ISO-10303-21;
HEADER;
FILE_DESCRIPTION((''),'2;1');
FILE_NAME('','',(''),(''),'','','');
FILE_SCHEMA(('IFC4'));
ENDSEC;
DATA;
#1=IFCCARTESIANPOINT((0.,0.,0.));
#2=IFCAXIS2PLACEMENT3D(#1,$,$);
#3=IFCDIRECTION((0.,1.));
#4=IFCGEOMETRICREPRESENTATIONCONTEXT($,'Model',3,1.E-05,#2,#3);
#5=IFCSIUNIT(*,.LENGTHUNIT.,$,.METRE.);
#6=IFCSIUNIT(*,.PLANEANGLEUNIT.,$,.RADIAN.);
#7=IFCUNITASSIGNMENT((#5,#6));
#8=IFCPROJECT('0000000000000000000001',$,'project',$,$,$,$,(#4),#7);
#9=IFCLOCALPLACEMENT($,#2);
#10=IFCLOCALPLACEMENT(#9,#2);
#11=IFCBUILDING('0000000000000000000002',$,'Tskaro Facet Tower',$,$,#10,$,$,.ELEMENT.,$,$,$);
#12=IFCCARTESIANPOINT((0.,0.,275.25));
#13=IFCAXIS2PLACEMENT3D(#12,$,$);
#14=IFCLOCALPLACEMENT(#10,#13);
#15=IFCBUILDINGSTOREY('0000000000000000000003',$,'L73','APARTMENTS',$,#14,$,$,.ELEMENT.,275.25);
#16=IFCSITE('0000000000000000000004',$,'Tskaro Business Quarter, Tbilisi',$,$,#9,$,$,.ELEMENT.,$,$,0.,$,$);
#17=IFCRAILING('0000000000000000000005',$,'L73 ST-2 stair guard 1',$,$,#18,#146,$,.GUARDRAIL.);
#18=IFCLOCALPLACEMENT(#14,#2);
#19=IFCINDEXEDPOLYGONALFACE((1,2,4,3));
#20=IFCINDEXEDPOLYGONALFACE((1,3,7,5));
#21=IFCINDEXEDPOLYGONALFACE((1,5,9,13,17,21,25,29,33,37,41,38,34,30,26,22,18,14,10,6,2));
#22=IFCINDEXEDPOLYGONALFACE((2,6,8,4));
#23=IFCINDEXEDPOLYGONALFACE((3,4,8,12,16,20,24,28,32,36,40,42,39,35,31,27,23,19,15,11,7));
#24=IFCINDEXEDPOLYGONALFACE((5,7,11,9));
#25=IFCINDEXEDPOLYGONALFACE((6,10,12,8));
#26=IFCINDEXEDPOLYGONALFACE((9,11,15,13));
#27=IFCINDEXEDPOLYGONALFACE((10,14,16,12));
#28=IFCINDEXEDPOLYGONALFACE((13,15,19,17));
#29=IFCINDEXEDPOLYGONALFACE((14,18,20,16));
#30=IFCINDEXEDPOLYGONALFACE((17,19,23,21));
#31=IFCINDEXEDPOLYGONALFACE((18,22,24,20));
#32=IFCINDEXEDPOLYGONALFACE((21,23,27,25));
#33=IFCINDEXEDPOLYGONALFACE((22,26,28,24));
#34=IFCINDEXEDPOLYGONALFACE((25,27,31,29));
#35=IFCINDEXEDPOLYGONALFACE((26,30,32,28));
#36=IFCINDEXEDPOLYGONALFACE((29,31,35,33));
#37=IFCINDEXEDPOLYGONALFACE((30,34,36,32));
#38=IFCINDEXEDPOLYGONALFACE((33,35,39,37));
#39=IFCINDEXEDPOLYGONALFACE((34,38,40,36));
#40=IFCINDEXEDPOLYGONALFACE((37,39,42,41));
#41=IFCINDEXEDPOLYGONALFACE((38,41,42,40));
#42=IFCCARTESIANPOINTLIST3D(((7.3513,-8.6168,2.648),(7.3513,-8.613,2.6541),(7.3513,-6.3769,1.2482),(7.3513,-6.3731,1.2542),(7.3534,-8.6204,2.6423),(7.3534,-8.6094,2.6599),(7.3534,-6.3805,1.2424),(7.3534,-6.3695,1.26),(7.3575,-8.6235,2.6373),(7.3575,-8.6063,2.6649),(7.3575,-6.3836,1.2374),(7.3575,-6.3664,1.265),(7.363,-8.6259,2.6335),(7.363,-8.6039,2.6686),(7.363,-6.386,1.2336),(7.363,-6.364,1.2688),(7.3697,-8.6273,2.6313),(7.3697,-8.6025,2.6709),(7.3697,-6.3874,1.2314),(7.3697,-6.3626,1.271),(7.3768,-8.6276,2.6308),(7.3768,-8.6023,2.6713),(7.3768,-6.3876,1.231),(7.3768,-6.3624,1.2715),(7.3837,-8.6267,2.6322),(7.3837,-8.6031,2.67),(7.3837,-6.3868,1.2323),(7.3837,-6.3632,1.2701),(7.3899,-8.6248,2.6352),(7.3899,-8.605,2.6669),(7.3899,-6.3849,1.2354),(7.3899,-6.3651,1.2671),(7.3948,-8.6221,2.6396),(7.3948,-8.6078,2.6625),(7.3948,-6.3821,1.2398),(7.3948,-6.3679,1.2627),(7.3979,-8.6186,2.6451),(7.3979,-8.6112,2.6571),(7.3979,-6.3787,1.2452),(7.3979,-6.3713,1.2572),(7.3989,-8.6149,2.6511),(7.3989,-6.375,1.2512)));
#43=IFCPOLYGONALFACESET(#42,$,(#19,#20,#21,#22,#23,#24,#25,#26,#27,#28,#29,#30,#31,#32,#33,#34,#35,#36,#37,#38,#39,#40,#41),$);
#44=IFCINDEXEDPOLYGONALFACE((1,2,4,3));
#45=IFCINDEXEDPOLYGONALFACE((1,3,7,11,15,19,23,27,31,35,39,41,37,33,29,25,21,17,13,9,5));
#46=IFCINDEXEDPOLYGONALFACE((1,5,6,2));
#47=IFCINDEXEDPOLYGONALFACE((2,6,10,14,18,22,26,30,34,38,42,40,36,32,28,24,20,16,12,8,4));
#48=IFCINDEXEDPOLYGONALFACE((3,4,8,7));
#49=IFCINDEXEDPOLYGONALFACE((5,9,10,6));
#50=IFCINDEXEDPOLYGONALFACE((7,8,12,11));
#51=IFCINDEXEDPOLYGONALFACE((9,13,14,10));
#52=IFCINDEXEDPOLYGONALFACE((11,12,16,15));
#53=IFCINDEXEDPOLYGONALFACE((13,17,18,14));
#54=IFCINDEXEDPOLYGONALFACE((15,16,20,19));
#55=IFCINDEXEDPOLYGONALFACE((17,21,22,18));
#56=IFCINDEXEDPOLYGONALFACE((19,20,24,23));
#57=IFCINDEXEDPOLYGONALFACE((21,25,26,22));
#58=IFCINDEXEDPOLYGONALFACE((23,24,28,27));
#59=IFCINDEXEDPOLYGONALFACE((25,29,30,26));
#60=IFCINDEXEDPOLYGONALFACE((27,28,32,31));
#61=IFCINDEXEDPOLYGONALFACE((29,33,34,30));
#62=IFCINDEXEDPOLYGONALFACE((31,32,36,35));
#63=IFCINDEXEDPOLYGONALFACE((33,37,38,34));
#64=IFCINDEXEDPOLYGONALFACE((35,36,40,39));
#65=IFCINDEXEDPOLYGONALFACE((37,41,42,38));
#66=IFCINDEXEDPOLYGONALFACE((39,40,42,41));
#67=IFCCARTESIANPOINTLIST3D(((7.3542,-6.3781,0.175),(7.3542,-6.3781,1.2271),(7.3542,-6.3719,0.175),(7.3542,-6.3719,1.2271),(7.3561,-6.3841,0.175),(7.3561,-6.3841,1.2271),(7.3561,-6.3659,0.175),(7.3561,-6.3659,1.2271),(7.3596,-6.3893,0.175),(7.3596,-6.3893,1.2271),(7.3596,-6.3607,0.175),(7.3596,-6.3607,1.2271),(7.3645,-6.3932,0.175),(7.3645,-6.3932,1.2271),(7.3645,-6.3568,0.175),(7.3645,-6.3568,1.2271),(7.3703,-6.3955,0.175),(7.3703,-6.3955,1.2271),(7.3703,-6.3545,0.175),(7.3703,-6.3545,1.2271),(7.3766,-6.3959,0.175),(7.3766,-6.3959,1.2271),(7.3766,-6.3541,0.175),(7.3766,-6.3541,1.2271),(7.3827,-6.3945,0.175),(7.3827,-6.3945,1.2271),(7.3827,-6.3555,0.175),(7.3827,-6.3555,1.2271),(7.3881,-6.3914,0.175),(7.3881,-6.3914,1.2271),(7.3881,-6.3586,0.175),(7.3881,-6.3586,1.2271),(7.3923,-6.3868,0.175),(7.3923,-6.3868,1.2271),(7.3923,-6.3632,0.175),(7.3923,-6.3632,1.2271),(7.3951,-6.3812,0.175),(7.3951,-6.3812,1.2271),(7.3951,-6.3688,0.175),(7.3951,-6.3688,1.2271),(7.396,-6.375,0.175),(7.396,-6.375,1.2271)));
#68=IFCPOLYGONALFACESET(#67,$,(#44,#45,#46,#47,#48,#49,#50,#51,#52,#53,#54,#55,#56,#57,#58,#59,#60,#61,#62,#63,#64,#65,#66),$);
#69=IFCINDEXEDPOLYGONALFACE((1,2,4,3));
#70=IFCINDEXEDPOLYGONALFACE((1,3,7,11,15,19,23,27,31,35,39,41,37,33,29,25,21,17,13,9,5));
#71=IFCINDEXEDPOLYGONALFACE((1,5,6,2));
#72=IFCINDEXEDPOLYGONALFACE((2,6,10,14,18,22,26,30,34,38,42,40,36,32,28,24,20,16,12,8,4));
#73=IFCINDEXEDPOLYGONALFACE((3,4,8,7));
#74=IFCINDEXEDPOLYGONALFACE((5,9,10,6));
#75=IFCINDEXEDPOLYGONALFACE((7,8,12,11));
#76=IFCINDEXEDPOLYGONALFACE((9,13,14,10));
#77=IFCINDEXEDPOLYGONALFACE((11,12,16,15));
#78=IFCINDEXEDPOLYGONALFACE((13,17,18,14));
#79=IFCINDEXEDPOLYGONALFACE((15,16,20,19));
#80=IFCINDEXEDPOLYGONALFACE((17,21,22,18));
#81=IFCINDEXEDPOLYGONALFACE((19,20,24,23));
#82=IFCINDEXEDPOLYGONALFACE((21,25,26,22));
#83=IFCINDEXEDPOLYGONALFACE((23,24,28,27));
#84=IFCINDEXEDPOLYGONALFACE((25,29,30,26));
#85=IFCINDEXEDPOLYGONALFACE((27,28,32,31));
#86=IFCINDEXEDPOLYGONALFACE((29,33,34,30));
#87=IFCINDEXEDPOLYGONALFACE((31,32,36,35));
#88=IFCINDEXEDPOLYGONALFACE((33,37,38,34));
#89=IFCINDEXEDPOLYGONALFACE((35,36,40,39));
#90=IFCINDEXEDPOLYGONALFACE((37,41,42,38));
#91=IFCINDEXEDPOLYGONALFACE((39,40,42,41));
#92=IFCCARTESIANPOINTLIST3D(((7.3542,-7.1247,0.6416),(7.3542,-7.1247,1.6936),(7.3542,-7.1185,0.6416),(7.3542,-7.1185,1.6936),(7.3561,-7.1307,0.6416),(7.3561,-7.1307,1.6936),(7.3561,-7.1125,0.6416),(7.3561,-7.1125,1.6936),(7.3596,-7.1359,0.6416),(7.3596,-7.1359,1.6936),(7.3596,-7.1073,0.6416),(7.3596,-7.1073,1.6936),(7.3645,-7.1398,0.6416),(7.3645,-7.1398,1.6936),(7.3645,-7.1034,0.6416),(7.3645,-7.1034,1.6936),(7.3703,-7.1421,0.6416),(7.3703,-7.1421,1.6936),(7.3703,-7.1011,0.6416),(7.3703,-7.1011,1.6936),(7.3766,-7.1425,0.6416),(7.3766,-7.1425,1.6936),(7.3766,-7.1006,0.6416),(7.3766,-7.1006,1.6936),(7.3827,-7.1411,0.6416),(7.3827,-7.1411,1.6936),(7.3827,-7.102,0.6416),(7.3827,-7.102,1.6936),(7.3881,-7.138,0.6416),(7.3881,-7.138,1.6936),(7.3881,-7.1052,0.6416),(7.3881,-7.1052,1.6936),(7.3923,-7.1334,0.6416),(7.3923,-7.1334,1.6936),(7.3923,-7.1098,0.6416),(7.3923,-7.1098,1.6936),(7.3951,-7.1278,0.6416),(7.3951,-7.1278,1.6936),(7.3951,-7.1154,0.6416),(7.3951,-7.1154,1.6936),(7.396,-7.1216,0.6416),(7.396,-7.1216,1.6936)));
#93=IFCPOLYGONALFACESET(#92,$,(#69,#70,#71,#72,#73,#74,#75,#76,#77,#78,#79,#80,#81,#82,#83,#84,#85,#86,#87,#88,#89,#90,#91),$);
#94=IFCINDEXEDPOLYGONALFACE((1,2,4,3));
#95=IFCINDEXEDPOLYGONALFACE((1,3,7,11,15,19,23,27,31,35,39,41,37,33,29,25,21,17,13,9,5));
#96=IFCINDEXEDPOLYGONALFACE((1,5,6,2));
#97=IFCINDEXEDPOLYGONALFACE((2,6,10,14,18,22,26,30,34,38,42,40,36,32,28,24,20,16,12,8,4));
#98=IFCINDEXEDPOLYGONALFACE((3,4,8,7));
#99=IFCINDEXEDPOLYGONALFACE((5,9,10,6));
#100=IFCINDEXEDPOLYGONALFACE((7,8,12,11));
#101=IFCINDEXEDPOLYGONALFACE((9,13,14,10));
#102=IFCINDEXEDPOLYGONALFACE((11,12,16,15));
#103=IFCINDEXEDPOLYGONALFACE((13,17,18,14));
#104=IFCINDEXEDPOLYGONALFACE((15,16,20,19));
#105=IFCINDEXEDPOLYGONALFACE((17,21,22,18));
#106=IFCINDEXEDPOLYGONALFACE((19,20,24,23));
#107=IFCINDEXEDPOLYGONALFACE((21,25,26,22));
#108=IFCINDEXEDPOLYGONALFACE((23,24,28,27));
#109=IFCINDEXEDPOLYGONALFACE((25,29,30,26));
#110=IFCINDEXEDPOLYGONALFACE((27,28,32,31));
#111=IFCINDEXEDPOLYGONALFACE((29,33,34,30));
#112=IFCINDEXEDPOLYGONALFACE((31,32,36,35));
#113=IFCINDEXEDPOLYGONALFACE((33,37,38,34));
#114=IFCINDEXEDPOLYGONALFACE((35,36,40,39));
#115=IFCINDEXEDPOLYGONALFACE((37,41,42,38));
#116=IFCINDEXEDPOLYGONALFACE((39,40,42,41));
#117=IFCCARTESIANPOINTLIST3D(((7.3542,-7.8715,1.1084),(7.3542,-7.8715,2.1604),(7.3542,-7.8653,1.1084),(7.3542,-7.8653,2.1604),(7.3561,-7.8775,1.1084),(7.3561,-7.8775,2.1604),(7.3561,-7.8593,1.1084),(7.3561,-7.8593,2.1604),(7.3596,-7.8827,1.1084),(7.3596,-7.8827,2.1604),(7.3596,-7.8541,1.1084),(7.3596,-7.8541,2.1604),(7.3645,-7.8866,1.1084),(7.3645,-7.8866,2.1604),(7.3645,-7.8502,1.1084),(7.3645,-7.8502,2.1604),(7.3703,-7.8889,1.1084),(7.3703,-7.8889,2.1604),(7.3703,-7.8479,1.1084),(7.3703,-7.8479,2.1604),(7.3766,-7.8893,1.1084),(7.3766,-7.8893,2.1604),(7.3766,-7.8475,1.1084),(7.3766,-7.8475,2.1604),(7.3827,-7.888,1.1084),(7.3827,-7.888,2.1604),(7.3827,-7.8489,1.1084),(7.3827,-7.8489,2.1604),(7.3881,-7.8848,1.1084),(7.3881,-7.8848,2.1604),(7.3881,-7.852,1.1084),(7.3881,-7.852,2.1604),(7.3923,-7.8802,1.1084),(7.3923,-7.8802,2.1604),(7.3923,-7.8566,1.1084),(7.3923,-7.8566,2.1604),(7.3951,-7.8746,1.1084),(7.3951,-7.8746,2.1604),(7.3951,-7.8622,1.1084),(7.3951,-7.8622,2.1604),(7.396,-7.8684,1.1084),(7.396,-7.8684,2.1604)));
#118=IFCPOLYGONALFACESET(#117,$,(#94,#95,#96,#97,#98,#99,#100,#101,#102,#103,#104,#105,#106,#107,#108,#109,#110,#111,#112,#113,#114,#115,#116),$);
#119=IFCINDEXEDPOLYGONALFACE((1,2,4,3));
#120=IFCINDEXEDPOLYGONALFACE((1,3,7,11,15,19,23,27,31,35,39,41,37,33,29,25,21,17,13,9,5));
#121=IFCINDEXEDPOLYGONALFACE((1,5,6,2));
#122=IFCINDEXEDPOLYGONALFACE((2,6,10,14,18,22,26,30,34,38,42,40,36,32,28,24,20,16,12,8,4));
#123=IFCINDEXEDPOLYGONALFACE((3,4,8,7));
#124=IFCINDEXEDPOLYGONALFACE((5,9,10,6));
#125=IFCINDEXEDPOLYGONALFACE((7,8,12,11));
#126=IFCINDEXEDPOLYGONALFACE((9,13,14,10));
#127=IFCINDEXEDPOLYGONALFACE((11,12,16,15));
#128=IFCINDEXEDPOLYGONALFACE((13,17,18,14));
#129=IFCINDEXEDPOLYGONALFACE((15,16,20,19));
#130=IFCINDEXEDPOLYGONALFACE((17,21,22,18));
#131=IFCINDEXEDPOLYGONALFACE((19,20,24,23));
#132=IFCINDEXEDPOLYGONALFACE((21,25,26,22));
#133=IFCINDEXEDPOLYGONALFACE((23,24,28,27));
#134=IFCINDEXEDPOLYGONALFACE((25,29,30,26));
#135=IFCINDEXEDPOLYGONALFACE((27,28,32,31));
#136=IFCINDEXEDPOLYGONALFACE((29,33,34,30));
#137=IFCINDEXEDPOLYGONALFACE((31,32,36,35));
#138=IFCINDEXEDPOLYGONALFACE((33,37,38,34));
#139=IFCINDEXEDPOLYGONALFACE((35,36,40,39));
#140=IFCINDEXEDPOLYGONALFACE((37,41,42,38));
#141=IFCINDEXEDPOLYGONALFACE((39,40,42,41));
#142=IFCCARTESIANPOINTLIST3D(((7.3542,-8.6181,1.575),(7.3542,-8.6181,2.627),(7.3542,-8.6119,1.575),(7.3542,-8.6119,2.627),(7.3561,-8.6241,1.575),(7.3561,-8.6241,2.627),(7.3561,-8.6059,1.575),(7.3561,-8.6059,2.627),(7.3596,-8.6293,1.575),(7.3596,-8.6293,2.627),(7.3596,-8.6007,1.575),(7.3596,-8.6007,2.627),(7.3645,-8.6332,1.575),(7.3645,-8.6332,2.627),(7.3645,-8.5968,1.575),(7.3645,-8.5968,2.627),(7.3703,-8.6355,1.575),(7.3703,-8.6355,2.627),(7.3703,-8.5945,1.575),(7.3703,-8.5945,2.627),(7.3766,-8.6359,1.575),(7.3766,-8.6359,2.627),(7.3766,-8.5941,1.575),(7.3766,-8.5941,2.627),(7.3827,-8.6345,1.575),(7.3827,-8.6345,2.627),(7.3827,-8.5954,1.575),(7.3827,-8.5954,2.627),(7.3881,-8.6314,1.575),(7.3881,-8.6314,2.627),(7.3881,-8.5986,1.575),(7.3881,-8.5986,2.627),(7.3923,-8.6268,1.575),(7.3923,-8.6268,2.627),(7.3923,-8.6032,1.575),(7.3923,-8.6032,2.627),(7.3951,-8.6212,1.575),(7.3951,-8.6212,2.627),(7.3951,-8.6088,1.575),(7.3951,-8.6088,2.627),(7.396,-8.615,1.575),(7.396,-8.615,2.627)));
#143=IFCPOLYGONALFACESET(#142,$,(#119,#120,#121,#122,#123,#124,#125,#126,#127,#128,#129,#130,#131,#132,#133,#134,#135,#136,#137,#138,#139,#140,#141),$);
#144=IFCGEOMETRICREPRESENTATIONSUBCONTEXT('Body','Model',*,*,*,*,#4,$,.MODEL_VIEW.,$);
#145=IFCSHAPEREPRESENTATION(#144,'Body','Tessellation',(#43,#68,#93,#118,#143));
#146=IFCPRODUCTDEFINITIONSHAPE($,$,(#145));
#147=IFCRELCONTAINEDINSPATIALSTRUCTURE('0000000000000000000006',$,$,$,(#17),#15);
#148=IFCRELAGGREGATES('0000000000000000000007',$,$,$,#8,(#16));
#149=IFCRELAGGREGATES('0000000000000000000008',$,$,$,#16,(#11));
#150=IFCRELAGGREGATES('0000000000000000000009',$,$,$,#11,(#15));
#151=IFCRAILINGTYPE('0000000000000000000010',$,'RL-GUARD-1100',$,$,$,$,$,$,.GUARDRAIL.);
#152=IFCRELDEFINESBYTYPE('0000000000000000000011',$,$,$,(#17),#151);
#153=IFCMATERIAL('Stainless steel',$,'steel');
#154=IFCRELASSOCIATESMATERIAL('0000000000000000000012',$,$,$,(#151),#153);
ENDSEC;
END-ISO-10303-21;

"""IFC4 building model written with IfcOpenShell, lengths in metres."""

from ifc_helpers import new_model, si_unit, direction, frame, origin, origin_2d, place, context, subcontext, project, spatial, circle, extrude, material, type_object, element, save


model = new_model("IFC4")

# Units and contexts
model_context = context("Model", 3, precision=1e-05, world=origin(), true_north=direction((0.0, 1.0)))
body_context = subcontext(model_context, "Body", "Model", "MODEL_VIEW")
ifc_project = project(units=[si_unit("LENGTHUNIT", "METRE"), si_unit("PLANEANGLEUNIT", "RADIAN")], contexts=[model_context])

# Site, building, storey
site_placement = place(None, origin())
site = spatial("IfcSite", under=ifc_project, at=site_placement, Name="Tskaro Business Quarter, Tbilisi", CompositionType="ELEMENT", RefElevation=0.0)
building_placement = place(site_placement, origin())
building = spatial("IfcBuilding", under=site, at=building_placement, Name="Tskaro Facet Tower", CompositionType="ELEMENT")
storey_placement = place(building_placement, frame((0.0, 0.0, 275.25)))
storey = spatial("IfcBuildingStorey", under=building, at=storey_placement, Name="L73", Description="APARTMENTS", CompositionType="ELEMENT", Elevation=275.25)

# Railing
ifc_material_1 = material(Name="Stainless steel", Category="steel")
railing_type_1 = type_object("IfcRailingType", Name="RL-GUARD-1100", PredefinedType="GUARDRAIL", material=ifc_material_1)
railing_1_placement = place(storey_placement, frame((7.375, -6.375, 0.175)))
element("IfcRailing", 1, at=railing_1_placement, inside=storey, type_object=railing_type_1, Name="L73 ST-2 stair guard 1", PredefinedType="GUARDRAIL", context=body_context, shape_type="SweptSolid", body=[
    extrude(circle(Radius=0.0239, at=origin_2d()), frame((0.0, 0.0, 1.0762), z_axis=(0.0, -0.848014, 0.529974), x_axis=(1.0, 0.0, 0.0)), (0.0, 0.0, 1.0), 2.6414),
    extrude(circle(Radius=0.021, at=origin_2d()), origin(), (0.0, 0.0, 1.0), 1.052),
    extrude(circle(Radius=0.021, at=origin_2d()), frame((0.0, -0.7466, 0.4666)), (0.0, 0.0, 1.0), 1.052),
    extrude(circle(Radius=0.021, at=origin_2d()), frame((0.0, -1.4934, 0.9333)), (0.0, 0.0, 1.0), 1.052),
    extrude(circle(Radius=0.021, at=origin_2d()), frame((0.0, -2.24, 1.3999)), (0.0, 0.0, 1.0), 1.052),
])

save(model, "model.ifc")
